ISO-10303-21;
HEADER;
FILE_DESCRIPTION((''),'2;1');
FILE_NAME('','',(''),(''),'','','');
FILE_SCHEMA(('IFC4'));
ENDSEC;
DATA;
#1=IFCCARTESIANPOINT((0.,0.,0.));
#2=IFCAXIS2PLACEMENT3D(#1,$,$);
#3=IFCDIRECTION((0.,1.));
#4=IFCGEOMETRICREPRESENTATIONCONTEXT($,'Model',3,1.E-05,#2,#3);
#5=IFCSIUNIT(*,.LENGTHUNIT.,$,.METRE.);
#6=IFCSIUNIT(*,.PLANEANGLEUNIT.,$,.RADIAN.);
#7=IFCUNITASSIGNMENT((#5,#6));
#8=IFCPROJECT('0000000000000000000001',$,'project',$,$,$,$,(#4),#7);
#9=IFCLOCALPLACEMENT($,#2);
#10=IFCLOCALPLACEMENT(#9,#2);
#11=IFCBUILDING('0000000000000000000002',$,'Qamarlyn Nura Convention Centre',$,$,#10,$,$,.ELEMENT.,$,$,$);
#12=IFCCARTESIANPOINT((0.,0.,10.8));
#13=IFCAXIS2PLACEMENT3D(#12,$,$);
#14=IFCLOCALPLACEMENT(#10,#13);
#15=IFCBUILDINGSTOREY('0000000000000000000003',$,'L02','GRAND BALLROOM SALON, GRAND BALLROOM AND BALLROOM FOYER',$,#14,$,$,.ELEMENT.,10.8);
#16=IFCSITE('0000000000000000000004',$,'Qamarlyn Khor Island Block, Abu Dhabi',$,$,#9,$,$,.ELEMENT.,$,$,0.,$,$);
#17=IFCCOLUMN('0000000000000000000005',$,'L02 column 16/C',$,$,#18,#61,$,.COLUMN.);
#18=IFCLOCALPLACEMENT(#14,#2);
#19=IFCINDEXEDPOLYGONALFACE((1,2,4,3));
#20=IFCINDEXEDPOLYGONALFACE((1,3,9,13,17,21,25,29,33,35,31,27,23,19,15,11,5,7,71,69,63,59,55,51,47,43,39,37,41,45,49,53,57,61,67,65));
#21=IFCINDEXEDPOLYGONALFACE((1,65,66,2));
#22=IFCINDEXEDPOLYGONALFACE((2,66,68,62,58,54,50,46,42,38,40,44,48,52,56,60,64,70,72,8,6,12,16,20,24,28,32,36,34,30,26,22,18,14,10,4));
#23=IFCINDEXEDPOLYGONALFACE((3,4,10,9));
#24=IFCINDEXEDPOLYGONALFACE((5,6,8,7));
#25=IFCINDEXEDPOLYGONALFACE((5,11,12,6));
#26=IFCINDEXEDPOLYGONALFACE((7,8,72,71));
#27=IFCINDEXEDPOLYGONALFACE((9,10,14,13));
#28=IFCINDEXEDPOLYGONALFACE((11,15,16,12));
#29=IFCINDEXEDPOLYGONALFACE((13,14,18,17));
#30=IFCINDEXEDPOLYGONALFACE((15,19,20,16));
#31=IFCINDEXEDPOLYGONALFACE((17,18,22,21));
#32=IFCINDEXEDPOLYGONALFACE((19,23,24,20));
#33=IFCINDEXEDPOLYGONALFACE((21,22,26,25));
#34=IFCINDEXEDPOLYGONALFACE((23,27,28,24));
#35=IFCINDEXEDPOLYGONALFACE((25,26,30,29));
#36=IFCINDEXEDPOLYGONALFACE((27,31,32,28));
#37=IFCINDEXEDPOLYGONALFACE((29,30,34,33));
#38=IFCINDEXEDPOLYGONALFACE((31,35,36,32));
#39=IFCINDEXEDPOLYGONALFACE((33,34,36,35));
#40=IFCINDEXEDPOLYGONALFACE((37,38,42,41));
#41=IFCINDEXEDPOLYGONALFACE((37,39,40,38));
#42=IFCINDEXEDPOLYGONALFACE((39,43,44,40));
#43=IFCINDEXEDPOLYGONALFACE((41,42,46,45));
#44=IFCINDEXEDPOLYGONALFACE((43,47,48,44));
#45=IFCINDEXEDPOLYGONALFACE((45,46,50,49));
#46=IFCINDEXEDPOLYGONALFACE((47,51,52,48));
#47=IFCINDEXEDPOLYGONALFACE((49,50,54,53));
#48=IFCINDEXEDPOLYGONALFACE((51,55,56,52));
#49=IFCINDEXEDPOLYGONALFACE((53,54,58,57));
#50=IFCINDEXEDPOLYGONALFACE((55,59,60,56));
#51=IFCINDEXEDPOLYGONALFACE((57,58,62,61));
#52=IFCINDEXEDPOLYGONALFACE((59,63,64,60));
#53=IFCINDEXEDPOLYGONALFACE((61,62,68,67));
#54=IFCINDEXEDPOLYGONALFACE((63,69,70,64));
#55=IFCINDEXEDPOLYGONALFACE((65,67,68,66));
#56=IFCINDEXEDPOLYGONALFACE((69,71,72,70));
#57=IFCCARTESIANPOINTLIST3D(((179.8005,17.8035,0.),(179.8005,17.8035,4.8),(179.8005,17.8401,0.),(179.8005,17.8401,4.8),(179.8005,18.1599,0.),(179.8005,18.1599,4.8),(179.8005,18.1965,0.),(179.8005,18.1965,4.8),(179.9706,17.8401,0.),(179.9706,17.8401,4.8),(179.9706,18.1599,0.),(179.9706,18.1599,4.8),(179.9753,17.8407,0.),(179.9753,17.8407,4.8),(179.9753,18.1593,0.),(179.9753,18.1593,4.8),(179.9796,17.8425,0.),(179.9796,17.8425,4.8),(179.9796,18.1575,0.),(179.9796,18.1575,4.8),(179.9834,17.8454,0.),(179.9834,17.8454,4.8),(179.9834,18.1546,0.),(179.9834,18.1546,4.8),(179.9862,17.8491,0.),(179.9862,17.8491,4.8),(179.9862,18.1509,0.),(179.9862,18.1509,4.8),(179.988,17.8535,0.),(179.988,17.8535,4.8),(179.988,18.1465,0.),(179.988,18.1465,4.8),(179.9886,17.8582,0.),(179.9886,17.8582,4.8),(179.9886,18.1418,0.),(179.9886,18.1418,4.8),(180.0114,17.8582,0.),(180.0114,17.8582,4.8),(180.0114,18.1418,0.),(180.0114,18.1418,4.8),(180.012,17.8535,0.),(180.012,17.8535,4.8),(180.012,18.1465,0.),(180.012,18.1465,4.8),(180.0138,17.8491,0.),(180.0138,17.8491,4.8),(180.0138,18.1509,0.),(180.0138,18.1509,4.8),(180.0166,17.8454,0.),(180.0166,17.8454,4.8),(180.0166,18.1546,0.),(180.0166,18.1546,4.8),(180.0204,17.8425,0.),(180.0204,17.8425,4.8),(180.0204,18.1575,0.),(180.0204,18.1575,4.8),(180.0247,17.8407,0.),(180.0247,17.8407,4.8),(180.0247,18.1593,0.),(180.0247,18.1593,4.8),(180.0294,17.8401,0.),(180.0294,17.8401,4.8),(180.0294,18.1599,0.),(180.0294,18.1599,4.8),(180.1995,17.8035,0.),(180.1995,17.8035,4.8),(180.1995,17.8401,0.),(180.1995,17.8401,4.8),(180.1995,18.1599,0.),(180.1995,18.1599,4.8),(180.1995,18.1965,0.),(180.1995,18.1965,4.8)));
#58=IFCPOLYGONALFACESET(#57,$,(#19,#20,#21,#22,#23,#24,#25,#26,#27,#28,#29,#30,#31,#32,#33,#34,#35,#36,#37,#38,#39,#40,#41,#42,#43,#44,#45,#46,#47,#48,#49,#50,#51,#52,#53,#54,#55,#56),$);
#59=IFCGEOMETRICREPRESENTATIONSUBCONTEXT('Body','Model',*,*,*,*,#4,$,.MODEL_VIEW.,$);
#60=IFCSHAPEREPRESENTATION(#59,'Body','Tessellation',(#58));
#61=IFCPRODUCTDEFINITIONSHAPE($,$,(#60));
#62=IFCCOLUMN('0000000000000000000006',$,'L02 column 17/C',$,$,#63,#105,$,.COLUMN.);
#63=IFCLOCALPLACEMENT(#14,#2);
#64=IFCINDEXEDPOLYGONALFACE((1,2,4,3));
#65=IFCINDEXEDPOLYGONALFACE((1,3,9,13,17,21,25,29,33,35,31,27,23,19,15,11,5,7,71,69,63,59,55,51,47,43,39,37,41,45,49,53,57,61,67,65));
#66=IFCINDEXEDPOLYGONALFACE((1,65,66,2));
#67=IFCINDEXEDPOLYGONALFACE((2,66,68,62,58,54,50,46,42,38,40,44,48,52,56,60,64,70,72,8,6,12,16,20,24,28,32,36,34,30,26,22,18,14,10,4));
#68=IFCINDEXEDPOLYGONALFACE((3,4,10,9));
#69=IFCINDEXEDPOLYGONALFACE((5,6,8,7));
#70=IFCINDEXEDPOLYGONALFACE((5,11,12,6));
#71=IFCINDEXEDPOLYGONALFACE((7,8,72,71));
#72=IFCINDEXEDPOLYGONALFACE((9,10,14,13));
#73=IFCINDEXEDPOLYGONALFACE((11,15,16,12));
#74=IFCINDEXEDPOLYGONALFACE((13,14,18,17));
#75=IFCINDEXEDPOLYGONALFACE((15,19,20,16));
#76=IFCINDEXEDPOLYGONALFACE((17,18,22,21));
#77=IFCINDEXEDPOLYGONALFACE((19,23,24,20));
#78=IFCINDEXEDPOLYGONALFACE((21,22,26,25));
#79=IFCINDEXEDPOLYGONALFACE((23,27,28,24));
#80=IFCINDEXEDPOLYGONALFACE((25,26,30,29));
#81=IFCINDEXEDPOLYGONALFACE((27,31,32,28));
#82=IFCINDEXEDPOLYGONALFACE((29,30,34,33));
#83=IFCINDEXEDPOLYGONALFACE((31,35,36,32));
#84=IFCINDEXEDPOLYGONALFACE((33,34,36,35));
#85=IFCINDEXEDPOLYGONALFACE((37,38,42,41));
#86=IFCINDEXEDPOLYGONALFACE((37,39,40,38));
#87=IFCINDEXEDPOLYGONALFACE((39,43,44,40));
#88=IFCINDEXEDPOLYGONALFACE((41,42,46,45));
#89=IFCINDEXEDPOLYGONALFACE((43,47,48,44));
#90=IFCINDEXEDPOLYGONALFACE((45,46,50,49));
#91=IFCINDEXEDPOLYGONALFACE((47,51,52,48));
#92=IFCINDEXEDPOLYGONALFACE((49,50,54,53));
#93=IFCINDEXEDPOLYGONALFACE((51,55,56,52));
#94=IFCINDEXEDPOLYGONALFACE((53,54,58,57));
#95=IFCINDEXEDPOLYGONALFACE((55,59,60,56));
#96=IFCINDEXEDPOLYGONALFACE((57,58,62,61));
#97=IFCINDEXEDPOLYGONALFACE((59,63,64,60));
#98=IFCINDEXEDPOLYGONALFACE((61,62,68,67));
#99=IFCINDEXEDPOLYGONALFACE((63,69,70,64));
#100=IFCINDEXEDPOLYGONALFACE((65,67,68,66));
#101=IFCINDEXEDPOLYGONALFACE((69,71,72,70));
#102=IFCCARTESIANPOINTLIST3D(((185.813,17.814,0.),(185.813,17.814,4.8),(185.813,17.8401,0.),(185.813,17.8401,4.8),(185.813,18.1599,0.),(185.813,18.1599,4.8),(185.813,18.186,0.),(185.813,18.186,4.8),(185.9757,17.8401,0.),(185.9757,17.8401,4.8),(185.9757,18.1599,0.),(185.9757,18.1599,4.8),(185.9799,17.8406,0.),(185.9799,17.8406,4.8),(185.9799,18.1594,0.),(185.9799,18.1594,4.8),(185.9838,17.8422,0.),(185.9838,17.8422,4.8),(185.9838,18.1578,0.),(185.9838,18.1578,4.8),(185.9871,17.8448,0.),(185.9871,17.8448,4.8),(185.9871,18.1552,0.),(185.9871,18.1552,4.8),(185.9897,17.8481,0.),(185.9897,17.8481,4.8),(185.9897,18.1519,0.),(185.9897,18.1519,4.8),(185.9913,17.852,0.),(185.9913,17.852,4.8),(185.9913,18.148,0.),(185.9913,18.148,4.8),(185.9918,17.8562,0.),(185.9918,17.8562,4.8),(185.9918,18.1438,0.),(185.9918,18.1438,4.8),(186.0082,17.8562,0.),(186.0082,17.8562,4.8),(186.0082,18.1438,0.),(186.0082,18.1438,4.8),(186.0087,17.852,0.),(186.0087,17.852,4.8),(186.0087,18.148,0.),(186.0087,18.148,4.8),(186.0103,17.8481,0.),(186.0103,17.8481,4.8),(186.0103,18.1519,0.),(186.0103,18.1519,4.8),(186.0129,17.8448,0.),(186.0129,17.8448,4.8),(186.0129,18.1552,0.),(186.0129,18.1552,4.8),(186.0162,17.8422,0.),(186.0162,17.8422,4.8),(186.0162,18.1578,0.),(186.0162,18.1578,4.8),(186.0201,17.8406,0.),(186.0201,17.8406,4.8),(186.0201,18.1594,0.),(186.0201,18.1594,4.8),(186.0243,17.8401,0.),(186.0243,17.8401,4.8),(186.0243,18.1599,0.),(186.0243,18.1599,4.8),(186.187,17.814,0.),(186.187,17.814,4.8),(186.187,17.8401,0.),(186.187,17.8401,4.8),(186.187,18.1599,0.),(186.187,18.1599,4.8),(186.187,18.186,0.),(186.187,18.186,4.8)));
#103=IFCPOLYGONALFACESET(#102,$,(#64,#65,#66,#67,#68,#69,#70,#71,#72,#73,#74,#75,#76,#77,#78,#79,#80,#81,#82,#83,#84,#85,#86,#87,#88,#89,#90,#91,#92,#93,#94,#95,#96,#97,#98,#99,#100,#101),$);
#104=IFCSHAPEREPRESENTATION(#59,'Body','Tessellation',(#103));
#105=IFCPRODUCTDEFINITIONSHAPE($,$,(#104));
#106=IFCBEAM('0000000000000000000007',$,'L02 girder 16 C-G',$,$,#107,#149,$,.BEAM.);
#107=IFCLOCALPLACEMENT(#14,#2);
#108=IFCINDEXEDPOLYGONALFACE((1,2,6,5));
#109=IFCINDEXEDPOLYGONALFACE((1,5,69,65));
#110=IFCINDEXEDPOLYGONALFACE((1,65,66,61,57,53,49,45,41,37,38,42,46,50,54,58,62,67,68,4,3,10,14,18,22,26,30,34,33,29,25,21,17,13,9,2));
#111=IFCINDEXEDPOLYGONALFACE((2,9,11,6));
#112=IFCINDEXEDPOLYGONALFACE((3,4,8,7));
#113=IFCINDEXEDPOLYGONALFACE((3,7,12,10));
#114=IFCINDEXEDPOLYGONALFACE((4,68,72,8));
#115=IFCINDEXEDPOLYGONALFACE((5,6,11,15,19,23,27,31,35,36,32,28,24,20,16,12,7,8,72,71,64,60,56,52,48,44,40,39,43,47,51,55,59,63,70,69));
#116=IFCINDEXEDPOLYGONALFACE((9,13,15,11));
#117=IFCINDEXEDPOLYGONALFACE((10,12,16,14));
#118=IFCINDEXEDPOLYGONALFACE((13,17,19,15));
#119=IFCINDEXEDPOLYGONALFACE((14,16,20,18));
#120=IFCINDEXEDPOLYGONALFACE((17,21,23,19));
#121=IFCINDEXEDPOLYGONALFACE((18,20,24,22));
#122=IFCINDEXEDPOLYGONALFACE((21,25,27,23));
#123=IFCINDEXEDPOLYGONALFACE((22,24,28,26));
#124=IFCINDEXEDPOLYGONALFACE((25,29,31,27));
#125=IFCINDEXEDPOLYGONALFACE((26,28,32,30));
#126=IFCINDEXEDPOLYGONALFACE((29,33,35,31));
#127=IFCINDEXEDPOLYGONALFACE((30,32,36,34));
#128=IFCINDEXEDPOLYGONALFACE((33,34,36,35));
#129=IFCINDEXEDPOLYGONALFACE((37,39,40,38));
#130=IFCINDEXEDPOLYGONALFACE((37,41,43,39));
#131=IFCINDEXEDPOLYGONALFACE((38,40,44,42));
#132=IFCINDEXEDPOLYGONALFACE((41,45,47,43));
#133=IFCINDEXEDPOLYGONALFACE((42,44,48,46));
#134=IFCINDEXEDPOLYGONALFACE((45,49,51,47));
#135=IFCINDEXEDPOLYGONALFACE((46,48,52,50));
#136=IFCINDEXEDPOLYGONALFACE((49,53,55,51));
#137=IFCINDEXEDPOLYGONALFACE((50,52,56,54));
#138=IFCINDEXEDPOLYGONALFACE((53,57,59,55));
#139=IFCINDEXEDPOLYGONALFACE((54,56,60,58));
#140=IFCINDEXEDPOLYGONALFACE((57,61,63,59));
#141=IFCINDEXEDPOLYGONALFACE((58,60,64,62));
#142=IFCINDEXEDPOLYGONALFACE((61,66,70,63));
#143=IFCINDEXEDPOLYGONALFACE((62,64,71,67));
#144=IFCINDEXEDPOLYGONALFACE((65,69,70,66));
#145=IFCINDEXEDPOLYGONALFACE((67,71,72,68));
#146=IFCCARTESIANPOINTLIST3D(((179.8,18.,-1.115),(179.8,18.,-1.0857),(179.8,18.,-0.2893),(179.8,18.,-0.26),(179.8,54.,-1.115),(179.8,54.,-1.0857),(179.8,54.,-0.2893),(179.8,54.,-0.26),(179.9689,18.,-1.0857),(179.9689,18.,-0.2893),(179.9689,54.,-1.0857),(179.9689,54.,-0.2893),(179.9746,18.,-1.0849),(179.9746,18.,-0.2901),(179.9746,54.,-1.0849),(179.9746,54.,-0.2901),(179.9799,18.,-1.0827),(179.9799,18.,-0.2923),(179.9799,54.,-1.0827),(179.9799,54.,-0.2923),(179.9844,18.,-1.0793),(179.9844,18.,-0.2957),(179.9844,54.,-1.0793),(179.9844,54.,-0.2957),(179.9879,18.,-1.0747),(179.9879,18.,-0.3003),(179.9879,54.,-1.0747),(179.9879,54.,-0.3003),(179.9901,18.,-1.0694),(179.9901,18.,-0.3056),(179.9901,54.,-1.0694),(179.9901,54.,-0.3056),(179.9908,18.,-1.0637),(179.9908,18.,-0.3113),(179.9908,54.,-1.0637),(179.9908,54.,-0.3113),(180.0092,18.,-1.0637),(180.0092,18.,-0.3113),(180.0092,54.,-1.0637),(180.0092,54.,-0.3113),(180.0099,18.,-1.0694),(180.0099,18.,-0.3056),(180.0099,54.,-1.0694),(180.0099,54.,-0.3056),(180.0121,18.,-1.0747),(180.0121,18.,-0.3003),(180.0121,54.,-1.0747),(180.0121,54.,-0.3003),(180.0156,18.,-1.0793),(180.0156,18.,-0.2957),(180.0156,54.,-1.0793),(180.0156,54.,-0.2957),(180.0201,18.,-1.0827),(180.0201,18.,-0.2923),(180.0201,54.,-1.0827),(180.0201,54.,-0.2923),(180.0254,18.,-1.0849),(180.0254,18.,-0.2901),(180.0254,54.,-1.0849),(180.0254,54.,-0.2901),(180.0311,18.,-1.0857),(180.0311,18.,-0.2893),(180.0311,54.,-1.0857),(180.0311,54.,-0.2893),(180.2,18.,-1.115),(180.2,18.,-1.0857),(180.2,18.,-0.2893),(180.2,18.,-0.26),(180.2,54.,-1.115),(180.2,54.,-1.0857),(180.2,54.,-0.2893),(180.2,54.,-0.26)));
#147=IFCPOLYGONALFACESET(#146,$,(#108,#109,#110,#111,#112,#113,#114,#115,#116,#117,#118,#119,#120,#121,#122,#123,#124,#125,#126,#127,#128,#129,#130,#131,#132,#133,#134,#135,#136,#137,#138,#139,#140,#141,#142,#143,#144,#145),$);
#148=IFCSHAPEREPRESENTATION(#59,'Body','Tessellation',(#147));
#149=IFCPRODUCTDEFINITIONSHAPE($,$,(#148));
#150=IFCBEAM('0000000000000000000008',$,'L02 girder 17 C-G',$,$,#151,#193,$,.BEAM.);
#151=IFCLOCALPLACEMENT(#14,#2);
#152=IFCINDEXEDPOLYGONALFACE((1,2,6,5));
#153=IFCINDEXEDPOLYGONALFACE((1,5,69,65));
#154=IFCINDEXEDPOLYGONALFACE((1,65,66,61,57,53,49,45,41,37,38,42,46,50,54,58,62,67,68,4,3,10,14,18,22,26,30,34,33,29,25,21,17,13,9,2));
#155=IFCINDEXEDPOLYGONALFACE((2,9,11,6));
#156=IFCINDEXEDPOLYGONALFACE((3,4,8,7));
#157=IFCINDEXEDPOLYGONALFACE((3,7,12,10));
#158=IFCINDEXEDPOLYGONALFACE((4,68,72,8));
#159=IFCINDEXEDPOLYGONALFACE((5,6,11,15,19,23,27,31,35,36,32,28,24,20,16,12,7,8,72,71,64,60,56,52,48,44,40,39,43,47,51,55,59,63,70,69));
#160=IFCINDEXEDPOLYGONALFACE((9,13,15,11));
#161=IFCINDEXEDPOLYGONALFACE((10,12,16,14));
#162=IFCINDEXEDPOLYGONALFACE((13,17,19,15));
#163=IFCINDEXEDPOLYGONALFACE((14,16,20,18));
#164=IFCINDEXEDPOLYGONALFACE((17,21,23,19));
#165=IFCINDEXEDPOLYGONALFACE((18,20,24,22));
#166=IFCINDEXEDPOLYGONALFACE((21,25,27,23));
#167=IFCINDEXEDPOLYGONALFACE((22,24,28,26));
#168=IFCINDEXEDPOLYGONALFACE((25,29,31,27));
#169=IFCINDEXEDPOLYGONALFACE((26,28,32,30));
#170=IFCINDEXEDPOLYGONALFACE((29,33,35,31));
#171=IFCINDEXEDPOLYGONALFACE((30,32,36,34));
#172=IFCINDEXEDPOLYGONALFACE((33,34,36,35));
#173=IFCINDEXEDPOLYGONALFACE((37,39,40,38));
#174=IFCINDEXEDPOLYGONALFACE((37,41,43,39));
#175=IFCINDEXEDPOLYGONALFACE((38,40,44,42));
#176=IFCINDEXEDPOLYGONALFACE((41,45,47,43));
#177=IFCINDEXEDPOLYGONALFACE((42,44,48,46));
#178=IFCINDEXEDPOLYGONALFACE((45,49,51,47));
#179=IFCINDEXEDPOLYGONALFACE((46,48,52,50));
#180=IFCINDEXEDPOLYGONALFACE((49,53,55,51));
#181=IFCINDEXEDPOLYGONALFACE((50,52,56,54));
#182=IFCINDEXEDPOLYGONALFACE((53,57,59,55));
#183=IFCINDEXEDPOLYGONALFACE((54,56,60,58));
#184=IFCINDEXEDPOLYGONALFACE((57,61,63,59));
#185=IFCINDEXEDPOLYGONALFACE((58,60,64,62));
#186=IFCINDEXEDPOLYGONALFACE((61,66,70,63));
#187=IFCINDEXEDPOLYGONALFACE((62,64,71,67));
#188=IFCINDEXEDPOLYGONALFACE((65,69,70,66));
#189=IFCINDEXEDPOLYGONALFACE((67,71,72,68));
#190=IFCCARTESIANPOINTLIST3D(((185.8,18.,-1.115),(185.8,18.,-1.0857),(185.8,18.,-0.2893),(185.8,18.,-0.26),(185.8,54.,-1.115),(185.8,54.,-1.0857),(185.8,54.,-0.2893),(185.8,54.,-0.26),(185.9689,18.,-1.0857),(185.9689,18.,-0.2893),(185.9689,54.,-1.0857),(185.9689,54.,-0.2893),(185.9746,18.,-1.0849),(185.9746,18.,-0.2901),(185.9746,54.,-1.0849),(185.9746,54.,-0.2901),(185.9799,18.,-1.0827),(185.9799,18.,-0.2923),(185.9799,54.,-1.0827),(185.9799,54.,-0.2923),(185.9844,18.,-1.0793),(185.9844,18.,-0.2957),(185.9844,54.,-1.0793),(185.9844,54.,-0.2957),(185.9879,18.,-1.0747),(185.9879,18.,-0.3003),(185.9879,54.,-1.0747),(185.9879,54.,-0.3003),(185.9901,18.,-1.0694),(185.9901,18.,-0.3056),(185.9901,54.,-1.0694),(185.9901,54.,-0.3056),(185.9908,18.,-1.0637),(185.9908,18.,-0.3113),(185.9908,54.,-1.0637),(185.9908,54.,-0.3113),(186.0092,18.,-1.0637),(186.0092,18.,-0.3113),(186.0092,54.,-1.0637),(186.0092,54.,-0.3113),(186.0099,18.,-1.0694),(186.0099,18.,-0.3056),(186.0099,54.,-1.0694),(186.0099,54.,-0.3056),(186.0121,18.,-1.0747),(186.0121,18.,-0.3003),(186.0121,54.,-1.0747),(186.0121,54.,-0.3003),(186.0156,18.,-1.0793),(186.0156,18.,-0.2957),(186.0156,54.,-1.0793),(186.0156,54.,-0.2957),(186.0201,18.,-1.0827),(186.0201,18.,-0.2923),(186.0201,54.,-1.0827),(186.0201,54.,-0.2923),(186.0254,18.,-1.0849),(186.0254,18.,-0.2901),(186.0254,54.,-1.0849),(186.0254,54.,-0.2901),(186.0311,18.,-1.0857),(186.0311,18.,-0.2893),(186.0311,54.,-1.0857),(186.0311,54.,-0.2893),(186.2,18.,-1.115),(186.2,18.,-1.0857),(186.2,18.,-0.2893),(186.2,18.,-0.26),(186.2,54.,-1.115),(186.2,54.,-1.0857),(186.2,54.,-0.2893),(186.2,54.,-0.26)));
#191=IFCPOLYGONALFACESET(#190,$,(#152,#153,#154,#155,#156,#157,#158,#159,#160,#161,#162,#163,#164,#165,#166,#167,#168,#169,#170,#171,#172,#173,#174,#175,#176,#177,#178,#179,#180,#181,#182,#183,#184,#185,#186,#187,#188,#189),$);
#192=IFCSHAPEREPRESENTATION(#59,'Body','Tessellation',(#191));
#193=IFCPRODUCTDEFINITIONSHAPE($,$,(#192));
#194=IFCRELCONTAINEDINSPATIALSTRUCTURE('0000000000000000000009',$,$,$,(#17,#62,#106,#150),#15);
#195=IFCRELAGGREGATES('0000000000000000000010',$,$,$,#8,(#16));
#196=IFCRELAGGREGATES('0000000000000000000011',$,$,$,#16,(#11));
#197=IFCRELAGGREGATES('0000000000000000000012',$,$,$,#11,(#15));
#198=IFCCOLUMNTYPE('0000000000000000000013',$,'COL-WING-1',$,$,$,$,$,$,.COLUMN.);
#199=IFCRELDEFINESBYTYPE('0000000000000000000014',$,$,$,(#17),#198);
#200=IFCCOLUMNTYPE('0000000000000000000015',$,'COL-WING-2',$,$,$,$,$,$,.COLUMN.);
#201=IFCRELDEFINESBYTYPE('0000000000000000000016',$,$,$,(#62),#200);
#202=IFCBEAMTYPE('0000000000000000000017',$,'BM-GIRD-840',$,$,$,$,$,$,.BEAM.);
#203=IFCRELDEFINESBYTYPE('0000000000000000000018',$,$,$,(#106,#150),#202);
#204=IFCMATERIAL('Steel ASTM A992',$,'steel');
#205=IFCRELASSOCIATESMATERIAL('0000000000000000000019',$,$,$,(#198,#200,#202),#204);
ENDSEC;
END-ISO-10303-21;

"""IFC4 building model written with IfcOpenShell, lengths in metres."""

from ifc_helpers import new_model, si_unit, direction, frame, origin, origin_2d, place, context, subcontext, project, spatial, i_section, extrude, material, material_profile, profile_set, type_object, element, save


model = new_model("IFC4")

# Units and contexts
model_context = context("Model", 3, precision=1e-05, world=origin(), true_north=direction((0.0, 1.0)))
body_context = subcontext(model_context, "Body", "Model", "MODEL_VIEW")
ifc_project = project(units=[si_unit("LENGTHUNIT", "METRE"), si_unit("PLANEANGLEUNIT", "RADIAN")], contexts=[model_context])

# Site, building, storey
site_placement = place(None, origin())
site = spatial("IfcSite", under=ifc_project, at=site_placement, Name="Qamarlyn Khor Island Block, Abu Dhabi", CompositionType="ELEMENT", RefElevation=0.0)
building_placement = place(site_placement, origin())
building = spatial("IfcBuilding", under=site, at=building_placement, Name="Qamarlyn Nura Convention Centre", CompositionType="ELEMENT")
storey_placement = place(building_placement, frame((0.0, 0.0, 10.8)))
storey = spatial("IfcBuildingStorey", under=building, at=storey_placement, Name="L02", Description="GRAND BALLROOM SALON, GRAND BALLROOM AND BALLROOM FOYER", CompositionType="ELEMENT", Elevation=10.8)

# Columns
ifc_material_1 = material(Name="Steel ASTM A992", Category="steel")
ifc_material_profile_1 = material_profile(ifc_material_1, i_section(OverallWidth=0.3989, OverallDepth=0.3931, WebThickness=0.0227, FlangeThickness=0.0366, FilletRadius=0.0181, at=origin_2d()), Name="W360X287")
ifc_profile_set_1 = profile_set([ifc_material_profile_1], Name="Steel ASTM A992")
column_type_1 = type_object("IfcColumnType", Name="COL-WING-1", PredefinedType="COLUMN", material=ifc_profile_set_1)
column_1_placement = place(storey_placement, frame((180.0, 18.0, 0.0), z_axis=(0.0, 0.0, 1.0), x_axis=(1.0, 0.0, 0.0)))
element("IfcColumn", 1, at=column_1_placement, inside=storey, type_object=column_type_1, Name="L02 column 16/C", PredefinedType="COLUMN", context=body_context, shape_type="SweptSolid", body=[
    extrude(i_section(OverallWidth=0.3989, OverallDepth=0.3931, WebThickness=0.0227, FlangeThickness=0.0366, FilletRadius=0.0181, at=origin_2d()), origin(), (0.0, 0.0, 1.0), 4.8),
])
ifc_material_profile_2 = material_profile(ifc_material_1, i_section(OverallWidth=0.374, OverallDepth=0.3721, WebThickness=0.0164, FlangeThickness=0.0261, FilletRadius=0.0161, at=origin_2d()), Name="W360X196")
ifc_profile_set_2 = profile_set([ifc_material_profile_2], Name="Steel ASTM A992")
column_type_2 = type_object("IfcColumnType", Name="COL-WING-2", PredefinedType="COLUMN", material=ifc_profile_set_2)
column_2_placement = place(storey_placement, frame((186.0, 18.0, 0.0), z_axis=(0.0, 0.0, 1.0), x_axis=(1.0, 0.0, 0.0)))
element("IfcColumn", 2, at=column_2_placement, inside=storey, type_object=column_type_2, Name="L02 column 17/C", PredefinedType="COLUMN", context=body_context, shape_type="SweptSolid", body=[
    extrude(i_section(OverallWidth=0.374, OverallDepth=0.3721, WebThickness=0.0164, FlangeThickness=0.0261, FilletRadius=0.0161, at=origin_2d()), origin(), (0.0, 0.0, 1.0), 4.8),
])

# Beams
ifc_material_profile_3 = material_profile(ifc_material_1, i_section(OverallWidth=0.3999, OverallDepth=0.855, WebThickness=0.0183, FlangeThickness=0.0293, FilletRadius=0.022, at=origin_2d()), Name="W840X299")
ifc_profile_set_3 = profile_set([ifc_material_profile_3], Name="Steel ASTM A992")
beam_type_1 = type_object("IfcBeamType", Name="BM-GIRD-840", PredefinedType="BEAM", material=ifc_profile_set_3)
for number, where, z_axis, x_axis, name in (
    (3, (180.0, 18.0, -0.6875), (0.0, 1.0, 0.0), (-1.0, 0.0, 0.0), "L02 girder 16 C-G"),
    (4, (186.0, 18.0, -0.6875), (0.0, 1.0, 0.0), (-1.0, 0.0, 0.0), "L02 girder 17 C-G"),
):
    element("IfcBeam", number, at=place(storey_placement, frame(where, z_axis=z_axis, x_axis=x_axis)), inside=storey, type_object=beam_type_1, Name=name, PredefinedType="BEAM", context=body_context, shape_type="SweptSolid", body=[
        extrude(i_section(OverallWidth=0.3999, OverallDepth=0.855, WebThickness=0.0183, FlangeThickness=0.0293, FilletRadius=0.022, at=origin_2d()), origin(), (0.0, 0.0, 1.0), 36.0),
    ])

save(model, "model.ifc")
